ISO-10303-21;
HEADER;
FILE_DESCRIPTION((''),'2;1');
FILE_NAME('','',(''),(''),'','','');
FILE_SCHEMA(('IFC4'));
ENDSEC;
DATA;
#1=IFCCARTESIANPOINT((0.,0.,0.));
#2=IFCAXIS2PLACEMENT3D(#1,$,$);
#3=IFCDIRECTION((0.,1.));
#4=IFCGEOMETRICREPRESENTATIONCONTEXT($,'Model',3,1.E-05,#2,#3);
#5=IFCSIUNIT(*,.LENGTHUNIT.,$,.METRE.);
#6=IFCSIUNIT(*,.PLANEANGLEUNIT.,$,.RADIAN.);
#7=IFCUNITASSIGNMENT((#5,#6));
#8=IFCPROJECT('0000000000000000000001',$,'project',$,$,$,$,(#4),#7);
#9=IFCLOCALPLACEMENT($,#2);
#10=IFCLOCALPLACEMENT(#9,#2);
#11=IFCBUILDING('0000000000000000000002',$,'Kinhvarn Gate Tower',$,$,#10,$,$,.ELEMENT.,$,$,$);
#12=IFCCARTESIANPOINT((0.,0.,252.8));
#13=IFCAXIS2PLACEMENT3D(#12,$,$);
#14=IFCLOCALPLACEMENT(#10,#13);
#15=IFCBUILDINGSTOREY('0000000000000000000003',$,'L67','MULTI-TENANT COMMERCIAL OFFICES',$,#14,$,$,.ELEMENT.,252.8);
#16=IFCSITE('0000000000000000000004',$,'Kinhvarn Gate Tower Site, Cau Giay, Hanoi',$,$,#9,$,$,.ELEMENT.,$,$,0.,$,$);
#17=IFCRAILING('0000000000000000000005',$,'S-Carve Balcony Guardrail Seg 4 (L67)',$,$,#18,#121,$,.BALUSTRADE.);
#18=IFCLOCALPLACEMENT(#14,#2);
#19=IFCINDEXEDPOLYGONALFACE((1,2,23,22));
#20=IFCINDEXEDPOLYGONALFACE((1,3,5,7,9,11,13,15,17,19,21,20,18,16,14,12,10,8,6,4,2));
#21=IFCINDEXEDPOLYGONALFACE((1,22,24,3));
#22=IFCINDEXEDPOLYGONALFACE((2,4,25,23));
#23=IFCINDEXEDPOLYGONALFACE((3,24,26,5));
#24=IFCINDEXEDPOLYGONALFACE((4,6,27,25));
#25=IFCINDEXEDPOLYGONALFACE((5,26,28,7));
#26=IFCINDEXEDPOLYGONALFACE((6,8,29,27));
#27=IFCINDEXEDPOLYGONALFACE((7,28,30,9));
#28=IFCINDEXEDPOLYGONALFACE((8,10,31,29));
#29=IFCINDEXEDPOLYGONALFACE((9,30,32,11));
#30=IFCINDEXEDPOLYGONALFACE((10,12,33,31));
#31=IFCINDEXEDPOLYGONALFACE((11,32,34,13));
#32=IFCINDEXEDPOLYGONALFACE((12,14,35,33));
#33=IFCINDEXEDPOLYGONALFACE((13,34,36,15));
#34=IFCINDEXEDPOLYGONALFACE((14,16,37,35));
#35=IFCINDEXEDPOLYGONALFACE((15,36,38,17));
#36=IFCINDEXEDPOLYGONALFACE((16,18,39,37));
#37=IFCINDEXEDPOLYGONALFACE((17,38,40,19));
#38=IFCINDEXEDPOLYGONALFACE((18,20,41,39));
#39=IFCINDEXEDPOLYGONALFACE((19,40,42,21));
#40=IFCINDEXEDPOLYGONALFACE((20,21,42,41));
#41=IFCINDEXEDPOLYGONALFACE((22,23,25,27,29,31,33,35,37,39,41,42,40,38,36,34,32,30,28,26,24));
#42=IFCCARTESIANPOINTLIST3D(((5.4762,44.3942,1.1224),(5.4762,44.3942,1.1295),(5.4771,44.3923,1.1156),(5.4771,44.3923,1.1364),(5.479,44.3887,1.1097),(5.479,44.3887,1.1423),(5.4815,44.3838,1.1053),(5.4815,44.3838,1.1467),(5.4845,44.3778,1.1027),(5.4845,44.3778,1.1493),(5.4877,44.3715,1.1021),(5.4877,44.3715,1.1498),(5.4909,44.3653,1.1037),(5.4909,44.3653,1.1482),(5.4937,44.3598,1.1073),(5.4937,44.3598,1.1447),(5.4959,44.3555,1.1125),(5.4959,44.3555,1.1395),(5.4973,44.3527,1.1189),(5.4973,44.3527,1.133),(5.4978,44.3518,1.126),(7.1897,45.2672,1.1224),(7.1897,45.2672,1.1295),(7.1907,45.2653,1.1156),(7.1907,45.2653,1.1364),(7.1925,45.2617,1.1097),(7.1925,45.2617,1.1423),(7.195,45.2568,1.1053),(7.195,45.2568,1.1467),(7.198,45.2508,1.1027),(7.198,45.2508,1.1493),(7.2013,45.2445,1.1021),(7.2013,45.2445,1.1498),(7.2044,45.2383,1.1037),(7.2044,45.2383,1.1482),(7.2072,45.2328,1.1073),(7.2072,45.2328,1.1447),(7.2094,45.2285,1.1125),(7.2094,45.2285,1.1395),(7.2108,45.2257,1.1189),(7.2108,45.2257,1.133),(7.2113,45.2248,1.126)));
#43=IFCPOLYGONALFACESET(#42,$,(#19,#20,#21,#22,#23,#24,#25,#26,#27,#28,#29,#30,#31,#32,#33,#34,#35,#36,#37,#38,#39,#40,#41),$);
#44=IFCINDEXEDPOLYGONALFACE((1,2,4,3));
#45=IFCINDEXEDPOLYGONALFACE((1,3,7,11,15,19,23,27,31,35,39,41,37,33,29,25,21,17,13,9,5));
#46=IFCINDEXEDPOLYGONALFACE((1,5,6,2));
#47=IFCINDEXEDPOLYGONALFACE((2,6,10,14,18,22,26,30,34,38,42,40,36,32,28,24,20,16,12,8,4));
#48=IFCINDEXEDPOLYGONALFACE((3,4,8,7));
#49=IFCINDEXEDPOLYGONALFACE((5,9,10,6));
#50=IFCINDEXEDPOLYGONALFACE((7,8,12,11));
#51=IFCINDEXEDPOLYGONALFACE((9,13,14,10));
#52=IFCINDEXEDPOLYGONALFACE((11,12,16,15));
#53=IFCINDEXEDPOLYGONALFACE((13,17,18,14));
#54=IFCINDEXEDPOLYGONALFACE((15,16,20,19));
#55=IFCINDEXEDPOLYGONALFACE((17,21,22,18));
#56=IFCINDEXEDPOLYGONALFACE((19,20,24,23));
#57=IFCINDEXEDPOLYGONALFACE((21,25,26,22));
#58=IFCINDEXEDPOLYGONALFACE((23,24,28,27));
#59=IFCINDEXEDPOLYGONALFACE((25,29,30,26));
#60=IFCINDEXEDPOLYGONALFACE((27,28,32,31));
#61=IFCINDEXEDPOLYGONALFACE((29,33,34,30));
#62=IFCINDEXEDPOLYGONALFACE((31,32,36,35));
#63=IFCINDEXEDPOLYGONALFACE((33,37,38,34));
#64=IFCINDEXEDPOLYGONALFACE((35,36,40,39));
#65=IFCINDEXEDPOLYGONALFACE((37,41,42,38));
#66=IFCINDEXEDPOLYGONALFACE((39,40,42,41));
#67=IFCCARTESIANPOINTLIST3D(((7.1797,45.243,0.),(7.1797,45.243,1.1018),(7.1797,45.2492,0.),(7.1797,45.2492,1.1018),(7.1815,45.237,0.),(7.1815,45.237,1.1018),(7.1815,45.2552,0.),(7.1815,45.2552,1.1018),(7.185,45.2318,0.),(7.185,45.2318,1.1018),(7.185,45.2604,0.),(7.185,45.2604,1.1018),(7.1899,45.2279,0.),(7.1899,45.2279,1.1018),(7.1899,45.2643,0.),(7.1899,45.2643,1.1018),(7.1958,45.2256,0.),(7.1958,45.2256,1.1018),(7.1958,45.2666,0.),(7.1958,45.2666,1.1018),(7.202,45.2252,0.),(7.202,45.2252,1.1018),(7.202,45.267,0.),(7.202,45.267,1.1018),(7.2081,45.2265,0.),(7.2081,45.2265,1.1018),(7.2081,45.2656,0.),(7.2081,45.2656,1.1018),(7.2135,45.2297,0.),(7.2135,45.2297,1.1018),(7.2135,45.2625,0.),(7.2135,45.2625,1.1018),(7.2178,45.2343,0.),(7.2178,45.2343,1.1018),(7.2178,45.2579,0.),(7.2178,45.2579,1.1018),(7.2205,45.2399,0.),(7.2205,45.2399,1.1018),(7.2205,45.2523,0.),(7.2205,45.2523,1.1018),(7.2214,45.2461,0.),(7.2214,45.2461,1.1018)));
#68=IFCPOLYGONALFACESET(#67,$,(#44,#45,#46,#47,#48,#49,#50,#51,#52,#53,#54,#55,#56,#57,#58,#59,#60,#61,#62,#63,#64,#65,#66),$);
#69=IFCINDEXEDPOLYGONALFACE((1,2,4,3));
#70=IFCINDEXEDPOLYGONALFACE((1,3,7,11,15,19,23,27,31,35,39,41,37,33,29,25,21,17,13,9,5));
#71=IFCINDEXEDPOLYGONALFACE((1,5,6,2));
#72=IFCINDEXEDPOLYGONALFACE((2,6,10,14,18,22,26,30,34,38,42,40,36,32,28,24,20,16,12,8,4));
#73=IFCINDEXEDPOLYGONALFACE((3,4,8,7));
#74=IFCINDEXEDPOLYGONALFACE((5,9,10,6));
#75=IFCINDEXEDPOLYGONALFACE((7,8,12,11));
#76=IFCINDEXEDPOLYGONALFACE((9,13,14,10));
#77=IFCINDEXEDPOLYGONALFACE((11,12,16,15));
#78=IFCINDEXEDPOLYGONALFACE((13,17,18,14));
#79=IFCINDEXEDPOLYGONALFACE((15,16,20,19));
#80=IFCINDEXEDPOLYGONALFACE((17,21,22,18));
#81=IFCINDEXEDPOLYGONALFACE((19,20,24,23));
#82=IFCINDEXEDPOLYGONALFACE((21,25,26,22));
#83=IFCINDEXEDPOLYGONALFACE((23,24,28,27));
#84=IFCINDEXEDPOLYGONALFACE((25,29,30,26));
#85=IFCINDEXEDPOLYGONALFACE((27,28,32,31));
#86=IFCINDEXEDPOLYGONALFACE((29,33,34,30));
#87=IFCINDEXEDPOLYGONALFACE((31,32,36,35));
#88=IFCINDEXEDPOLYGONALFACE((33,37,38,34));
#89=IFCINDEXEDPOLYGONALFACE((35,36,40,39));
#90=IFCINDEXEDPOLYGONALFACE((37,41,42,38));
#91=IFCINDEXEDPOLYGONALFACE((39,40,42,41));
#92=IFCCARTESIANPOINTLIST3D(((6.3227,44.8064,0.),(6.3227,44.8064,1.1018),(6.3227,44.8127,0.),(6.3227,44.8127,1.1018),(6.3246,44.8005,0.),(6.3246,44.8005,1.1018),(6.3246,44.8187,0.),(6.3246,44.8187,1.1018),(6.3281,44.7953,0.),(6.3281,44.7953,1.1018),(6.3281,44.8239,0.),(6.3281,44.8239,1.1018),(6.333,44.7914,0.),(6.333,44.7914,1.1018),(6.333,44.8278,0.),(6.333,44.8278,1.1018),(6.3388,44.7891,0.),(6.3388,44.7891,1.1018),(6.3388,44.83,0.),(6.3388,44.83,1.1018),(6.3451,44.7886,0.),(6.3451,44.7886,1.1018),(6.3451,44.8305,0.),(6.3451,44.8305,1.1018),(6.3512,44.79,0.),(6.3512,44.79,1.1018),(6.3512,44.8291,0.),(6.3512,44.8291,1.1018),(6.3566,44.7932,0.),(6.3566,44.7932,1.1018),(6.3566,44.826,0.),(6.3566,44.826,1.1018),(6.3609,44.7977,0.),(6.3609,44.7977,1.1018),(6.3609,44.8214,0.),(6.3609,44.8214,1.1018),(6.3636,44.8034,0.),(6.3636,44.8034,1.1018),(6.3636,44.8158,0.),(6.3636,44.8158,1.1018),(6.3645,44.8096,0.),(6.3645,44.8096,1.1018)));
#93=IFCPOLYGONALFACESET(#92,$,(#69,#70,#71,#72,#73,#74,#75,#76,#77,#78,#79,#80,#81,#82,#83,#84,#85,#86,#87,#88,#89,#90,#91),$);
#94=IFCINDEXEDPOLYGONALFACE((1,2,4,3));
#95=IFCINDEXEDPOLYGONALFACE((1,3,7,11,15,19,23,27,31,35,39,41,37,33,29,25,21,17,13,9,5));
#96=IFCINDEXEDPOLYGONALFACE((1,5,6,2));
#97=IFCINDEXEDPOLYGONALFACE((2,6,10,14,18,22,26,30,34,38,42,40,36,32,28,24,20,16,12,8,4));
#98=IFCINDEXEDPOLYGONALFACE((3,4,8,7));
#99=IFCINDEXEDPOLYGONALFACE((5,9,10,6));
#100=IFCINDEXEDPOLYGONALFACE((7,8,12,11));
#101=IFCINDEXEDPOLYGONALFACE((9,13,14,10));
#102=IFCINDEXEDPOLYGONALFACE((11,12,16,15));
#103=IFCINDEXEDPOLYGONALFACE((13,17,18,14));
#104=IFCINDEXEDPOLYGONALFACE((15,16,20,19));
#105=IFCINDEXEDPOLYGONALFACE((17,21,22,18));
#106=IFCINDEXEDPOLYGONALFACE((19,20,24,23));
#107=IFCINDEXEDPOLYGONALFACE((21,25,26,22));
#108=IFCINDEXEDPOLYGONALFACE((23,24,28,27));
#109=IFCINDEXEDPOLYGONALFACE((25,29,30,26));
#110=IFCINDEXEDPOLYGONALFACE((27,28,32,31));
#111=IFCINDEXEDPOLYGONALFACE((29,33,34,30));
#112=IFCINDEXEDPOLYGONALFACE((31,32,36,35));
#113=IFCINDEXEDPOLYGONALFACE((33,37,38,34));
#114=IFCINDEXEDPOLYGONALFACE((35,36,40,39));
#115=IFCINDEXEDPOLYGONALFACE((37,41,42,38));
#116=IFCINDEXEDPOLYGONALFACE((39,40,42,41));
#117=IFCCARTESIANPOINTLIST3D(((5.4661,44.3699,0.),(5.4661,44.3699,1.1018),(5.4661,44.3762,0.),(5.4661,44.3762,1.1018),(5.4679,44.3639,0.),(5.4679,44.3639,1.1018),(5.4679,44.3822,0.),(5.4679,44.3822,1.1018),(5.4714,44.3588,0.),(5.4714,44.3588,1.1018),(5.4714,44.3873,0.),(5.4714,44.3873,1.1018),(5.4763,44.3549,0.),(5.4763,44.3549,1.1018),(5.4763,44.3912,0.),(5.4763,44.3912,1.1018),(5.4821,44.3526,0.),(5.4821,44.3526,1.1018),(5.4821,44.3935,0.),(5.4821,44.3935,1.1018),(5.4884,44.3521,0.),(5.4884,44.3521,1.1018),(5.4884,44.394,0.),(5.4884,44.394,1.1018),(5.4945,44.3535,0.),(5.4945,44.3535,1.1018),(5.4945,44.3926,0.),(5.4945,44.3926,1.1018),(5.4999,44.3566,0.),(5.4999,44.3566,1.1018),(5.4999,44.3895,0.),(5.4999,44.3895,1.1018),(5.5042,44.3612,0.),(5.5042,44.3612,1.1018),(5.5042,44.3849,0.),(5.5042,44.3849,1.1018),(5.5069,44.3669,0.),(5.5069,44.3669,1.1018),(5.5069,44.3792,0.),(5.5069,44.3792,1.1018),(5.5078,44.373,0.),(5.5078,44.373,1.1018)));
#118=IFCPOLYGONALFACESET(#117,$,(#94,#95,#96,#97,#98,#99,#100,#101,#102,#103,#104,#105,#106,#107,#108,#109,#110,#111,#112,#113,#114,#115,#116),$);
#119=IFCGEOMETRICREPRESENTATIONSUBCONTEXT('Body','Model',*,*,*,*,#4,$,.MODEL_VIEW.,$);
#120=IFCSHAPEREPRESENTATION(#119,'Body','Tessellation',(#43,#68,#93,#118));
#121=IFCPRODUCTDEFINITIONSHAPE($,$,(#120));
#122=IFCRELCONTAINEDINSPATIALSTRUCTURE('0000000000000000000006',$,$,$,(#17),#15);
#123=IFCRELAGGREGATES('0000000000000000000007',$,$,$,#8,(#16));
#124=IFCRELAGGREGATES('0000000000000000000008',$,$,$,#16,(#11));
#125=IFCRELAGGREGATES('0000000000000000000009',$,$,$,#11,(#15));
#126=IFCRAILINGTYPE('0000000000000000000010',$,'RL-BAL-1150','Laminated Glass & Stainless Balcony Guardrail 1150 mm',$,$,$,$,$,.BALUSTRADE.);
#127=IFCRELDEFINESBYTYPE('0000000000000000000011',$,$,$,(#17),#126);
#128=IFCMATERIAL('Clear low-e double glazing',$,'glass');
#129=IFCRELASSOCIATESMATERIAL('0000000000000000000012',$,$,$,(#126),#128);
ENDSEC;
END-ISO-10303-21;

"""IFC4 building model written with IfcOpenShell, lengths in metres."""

from ifc_helpers import new_model, si_unit, direction, frame, origin, origin_2d, place, context, subcontext, project, spatial, circle, extrude, material, type_object, element, save


model = new_model("IFC4")

# Units and contexts
model_context = context("Model", 3, precision=1e-05, world=origin(), true_north=direction((0.0, 1.0)))
body_context = subcontext(model_context, "Body", "Model", "MODEL_VIEW")
ifc_project = project(units=[si_unit("LENGTHUNIT", "METRE"), si_unit("PLANEANGLEUNIT", "RADIAN")], contexts=[model_context])

# Site, building, storey
site_placement = place(None, origin())
site = spatial("IfcSite", under=ifc_project, at=site_placement, Name="Kinhvarn Gate Tower Site, Cau Giay, Hanoi", CompositionType="ELEMENT", RefElevation=0.0)
building_placement = place(site_placement, origin())
building = spatial("IfcBuilding", under=site, at=building_placement, Name="Kinhvarn Gate Tower", CompositionType="ELEMENT")
storey_placement = place(building_placement, frame((0.0, 0.0, 252.8)))
storey = spatial("IfcBuildingStorey", under=building, at=storey_placement, Name="L67", Description="MULTI-TENANT COMMERCIAL OFFICES", CompositionType="ELEMENT", Elevation=252.8)

# Shared definitions
ifc_material_1 = material(Name="Clear low-e double glazing", Category="glass")

# Railing
railing_type = type_object("IfcRailingType", Name="RL-BAL-1150", Description="Laminated Glass & Stainless Balcony Guardrail 1150 mm", PredefinedType="BALUSTRADE", material=ifc_material_1)
railing_1_placement = place(storey_placement, frame((7.2004, 45.2461, 0.0)))
element("IfcRailing", 1, at=railing_1_placement, inside=storey, type_object=railing_type, Name="S-Carve Balcony Guardrail Seg 4 (L67)", PredefinedType="BALUSTRADE", context=body_context, shape_type="SweptSolid", body=[
    extrude(circle(Radius=0.0239, at=origin_2d()), frame((0.0, 0.0, 1.126), z_axis=(-0.891025, -0.453954, 0.0), x_axis=(0.453954, -0.891025, 0.0)), (0.0, 0.0, 1.0), 1.9231),
    extrude(circle(Radius=0.021, at=origin_2d()), origin(), (0.0, 0.0, 1.0), 1.1018),
    extrude(circle(Radius=0.021, at=origin_2d()), frame((-0.8569, -0.4365, 0.0)), (0.0, 0.0, 1.0), 1.1018),
    extrude(circle(Radius=0.021, at=origin_2d()), frame((-1.7136, -0.873, 0.0)), (0.0, 0.0, 1.0), 1.1018),
])

save(model, "model.ifc")
